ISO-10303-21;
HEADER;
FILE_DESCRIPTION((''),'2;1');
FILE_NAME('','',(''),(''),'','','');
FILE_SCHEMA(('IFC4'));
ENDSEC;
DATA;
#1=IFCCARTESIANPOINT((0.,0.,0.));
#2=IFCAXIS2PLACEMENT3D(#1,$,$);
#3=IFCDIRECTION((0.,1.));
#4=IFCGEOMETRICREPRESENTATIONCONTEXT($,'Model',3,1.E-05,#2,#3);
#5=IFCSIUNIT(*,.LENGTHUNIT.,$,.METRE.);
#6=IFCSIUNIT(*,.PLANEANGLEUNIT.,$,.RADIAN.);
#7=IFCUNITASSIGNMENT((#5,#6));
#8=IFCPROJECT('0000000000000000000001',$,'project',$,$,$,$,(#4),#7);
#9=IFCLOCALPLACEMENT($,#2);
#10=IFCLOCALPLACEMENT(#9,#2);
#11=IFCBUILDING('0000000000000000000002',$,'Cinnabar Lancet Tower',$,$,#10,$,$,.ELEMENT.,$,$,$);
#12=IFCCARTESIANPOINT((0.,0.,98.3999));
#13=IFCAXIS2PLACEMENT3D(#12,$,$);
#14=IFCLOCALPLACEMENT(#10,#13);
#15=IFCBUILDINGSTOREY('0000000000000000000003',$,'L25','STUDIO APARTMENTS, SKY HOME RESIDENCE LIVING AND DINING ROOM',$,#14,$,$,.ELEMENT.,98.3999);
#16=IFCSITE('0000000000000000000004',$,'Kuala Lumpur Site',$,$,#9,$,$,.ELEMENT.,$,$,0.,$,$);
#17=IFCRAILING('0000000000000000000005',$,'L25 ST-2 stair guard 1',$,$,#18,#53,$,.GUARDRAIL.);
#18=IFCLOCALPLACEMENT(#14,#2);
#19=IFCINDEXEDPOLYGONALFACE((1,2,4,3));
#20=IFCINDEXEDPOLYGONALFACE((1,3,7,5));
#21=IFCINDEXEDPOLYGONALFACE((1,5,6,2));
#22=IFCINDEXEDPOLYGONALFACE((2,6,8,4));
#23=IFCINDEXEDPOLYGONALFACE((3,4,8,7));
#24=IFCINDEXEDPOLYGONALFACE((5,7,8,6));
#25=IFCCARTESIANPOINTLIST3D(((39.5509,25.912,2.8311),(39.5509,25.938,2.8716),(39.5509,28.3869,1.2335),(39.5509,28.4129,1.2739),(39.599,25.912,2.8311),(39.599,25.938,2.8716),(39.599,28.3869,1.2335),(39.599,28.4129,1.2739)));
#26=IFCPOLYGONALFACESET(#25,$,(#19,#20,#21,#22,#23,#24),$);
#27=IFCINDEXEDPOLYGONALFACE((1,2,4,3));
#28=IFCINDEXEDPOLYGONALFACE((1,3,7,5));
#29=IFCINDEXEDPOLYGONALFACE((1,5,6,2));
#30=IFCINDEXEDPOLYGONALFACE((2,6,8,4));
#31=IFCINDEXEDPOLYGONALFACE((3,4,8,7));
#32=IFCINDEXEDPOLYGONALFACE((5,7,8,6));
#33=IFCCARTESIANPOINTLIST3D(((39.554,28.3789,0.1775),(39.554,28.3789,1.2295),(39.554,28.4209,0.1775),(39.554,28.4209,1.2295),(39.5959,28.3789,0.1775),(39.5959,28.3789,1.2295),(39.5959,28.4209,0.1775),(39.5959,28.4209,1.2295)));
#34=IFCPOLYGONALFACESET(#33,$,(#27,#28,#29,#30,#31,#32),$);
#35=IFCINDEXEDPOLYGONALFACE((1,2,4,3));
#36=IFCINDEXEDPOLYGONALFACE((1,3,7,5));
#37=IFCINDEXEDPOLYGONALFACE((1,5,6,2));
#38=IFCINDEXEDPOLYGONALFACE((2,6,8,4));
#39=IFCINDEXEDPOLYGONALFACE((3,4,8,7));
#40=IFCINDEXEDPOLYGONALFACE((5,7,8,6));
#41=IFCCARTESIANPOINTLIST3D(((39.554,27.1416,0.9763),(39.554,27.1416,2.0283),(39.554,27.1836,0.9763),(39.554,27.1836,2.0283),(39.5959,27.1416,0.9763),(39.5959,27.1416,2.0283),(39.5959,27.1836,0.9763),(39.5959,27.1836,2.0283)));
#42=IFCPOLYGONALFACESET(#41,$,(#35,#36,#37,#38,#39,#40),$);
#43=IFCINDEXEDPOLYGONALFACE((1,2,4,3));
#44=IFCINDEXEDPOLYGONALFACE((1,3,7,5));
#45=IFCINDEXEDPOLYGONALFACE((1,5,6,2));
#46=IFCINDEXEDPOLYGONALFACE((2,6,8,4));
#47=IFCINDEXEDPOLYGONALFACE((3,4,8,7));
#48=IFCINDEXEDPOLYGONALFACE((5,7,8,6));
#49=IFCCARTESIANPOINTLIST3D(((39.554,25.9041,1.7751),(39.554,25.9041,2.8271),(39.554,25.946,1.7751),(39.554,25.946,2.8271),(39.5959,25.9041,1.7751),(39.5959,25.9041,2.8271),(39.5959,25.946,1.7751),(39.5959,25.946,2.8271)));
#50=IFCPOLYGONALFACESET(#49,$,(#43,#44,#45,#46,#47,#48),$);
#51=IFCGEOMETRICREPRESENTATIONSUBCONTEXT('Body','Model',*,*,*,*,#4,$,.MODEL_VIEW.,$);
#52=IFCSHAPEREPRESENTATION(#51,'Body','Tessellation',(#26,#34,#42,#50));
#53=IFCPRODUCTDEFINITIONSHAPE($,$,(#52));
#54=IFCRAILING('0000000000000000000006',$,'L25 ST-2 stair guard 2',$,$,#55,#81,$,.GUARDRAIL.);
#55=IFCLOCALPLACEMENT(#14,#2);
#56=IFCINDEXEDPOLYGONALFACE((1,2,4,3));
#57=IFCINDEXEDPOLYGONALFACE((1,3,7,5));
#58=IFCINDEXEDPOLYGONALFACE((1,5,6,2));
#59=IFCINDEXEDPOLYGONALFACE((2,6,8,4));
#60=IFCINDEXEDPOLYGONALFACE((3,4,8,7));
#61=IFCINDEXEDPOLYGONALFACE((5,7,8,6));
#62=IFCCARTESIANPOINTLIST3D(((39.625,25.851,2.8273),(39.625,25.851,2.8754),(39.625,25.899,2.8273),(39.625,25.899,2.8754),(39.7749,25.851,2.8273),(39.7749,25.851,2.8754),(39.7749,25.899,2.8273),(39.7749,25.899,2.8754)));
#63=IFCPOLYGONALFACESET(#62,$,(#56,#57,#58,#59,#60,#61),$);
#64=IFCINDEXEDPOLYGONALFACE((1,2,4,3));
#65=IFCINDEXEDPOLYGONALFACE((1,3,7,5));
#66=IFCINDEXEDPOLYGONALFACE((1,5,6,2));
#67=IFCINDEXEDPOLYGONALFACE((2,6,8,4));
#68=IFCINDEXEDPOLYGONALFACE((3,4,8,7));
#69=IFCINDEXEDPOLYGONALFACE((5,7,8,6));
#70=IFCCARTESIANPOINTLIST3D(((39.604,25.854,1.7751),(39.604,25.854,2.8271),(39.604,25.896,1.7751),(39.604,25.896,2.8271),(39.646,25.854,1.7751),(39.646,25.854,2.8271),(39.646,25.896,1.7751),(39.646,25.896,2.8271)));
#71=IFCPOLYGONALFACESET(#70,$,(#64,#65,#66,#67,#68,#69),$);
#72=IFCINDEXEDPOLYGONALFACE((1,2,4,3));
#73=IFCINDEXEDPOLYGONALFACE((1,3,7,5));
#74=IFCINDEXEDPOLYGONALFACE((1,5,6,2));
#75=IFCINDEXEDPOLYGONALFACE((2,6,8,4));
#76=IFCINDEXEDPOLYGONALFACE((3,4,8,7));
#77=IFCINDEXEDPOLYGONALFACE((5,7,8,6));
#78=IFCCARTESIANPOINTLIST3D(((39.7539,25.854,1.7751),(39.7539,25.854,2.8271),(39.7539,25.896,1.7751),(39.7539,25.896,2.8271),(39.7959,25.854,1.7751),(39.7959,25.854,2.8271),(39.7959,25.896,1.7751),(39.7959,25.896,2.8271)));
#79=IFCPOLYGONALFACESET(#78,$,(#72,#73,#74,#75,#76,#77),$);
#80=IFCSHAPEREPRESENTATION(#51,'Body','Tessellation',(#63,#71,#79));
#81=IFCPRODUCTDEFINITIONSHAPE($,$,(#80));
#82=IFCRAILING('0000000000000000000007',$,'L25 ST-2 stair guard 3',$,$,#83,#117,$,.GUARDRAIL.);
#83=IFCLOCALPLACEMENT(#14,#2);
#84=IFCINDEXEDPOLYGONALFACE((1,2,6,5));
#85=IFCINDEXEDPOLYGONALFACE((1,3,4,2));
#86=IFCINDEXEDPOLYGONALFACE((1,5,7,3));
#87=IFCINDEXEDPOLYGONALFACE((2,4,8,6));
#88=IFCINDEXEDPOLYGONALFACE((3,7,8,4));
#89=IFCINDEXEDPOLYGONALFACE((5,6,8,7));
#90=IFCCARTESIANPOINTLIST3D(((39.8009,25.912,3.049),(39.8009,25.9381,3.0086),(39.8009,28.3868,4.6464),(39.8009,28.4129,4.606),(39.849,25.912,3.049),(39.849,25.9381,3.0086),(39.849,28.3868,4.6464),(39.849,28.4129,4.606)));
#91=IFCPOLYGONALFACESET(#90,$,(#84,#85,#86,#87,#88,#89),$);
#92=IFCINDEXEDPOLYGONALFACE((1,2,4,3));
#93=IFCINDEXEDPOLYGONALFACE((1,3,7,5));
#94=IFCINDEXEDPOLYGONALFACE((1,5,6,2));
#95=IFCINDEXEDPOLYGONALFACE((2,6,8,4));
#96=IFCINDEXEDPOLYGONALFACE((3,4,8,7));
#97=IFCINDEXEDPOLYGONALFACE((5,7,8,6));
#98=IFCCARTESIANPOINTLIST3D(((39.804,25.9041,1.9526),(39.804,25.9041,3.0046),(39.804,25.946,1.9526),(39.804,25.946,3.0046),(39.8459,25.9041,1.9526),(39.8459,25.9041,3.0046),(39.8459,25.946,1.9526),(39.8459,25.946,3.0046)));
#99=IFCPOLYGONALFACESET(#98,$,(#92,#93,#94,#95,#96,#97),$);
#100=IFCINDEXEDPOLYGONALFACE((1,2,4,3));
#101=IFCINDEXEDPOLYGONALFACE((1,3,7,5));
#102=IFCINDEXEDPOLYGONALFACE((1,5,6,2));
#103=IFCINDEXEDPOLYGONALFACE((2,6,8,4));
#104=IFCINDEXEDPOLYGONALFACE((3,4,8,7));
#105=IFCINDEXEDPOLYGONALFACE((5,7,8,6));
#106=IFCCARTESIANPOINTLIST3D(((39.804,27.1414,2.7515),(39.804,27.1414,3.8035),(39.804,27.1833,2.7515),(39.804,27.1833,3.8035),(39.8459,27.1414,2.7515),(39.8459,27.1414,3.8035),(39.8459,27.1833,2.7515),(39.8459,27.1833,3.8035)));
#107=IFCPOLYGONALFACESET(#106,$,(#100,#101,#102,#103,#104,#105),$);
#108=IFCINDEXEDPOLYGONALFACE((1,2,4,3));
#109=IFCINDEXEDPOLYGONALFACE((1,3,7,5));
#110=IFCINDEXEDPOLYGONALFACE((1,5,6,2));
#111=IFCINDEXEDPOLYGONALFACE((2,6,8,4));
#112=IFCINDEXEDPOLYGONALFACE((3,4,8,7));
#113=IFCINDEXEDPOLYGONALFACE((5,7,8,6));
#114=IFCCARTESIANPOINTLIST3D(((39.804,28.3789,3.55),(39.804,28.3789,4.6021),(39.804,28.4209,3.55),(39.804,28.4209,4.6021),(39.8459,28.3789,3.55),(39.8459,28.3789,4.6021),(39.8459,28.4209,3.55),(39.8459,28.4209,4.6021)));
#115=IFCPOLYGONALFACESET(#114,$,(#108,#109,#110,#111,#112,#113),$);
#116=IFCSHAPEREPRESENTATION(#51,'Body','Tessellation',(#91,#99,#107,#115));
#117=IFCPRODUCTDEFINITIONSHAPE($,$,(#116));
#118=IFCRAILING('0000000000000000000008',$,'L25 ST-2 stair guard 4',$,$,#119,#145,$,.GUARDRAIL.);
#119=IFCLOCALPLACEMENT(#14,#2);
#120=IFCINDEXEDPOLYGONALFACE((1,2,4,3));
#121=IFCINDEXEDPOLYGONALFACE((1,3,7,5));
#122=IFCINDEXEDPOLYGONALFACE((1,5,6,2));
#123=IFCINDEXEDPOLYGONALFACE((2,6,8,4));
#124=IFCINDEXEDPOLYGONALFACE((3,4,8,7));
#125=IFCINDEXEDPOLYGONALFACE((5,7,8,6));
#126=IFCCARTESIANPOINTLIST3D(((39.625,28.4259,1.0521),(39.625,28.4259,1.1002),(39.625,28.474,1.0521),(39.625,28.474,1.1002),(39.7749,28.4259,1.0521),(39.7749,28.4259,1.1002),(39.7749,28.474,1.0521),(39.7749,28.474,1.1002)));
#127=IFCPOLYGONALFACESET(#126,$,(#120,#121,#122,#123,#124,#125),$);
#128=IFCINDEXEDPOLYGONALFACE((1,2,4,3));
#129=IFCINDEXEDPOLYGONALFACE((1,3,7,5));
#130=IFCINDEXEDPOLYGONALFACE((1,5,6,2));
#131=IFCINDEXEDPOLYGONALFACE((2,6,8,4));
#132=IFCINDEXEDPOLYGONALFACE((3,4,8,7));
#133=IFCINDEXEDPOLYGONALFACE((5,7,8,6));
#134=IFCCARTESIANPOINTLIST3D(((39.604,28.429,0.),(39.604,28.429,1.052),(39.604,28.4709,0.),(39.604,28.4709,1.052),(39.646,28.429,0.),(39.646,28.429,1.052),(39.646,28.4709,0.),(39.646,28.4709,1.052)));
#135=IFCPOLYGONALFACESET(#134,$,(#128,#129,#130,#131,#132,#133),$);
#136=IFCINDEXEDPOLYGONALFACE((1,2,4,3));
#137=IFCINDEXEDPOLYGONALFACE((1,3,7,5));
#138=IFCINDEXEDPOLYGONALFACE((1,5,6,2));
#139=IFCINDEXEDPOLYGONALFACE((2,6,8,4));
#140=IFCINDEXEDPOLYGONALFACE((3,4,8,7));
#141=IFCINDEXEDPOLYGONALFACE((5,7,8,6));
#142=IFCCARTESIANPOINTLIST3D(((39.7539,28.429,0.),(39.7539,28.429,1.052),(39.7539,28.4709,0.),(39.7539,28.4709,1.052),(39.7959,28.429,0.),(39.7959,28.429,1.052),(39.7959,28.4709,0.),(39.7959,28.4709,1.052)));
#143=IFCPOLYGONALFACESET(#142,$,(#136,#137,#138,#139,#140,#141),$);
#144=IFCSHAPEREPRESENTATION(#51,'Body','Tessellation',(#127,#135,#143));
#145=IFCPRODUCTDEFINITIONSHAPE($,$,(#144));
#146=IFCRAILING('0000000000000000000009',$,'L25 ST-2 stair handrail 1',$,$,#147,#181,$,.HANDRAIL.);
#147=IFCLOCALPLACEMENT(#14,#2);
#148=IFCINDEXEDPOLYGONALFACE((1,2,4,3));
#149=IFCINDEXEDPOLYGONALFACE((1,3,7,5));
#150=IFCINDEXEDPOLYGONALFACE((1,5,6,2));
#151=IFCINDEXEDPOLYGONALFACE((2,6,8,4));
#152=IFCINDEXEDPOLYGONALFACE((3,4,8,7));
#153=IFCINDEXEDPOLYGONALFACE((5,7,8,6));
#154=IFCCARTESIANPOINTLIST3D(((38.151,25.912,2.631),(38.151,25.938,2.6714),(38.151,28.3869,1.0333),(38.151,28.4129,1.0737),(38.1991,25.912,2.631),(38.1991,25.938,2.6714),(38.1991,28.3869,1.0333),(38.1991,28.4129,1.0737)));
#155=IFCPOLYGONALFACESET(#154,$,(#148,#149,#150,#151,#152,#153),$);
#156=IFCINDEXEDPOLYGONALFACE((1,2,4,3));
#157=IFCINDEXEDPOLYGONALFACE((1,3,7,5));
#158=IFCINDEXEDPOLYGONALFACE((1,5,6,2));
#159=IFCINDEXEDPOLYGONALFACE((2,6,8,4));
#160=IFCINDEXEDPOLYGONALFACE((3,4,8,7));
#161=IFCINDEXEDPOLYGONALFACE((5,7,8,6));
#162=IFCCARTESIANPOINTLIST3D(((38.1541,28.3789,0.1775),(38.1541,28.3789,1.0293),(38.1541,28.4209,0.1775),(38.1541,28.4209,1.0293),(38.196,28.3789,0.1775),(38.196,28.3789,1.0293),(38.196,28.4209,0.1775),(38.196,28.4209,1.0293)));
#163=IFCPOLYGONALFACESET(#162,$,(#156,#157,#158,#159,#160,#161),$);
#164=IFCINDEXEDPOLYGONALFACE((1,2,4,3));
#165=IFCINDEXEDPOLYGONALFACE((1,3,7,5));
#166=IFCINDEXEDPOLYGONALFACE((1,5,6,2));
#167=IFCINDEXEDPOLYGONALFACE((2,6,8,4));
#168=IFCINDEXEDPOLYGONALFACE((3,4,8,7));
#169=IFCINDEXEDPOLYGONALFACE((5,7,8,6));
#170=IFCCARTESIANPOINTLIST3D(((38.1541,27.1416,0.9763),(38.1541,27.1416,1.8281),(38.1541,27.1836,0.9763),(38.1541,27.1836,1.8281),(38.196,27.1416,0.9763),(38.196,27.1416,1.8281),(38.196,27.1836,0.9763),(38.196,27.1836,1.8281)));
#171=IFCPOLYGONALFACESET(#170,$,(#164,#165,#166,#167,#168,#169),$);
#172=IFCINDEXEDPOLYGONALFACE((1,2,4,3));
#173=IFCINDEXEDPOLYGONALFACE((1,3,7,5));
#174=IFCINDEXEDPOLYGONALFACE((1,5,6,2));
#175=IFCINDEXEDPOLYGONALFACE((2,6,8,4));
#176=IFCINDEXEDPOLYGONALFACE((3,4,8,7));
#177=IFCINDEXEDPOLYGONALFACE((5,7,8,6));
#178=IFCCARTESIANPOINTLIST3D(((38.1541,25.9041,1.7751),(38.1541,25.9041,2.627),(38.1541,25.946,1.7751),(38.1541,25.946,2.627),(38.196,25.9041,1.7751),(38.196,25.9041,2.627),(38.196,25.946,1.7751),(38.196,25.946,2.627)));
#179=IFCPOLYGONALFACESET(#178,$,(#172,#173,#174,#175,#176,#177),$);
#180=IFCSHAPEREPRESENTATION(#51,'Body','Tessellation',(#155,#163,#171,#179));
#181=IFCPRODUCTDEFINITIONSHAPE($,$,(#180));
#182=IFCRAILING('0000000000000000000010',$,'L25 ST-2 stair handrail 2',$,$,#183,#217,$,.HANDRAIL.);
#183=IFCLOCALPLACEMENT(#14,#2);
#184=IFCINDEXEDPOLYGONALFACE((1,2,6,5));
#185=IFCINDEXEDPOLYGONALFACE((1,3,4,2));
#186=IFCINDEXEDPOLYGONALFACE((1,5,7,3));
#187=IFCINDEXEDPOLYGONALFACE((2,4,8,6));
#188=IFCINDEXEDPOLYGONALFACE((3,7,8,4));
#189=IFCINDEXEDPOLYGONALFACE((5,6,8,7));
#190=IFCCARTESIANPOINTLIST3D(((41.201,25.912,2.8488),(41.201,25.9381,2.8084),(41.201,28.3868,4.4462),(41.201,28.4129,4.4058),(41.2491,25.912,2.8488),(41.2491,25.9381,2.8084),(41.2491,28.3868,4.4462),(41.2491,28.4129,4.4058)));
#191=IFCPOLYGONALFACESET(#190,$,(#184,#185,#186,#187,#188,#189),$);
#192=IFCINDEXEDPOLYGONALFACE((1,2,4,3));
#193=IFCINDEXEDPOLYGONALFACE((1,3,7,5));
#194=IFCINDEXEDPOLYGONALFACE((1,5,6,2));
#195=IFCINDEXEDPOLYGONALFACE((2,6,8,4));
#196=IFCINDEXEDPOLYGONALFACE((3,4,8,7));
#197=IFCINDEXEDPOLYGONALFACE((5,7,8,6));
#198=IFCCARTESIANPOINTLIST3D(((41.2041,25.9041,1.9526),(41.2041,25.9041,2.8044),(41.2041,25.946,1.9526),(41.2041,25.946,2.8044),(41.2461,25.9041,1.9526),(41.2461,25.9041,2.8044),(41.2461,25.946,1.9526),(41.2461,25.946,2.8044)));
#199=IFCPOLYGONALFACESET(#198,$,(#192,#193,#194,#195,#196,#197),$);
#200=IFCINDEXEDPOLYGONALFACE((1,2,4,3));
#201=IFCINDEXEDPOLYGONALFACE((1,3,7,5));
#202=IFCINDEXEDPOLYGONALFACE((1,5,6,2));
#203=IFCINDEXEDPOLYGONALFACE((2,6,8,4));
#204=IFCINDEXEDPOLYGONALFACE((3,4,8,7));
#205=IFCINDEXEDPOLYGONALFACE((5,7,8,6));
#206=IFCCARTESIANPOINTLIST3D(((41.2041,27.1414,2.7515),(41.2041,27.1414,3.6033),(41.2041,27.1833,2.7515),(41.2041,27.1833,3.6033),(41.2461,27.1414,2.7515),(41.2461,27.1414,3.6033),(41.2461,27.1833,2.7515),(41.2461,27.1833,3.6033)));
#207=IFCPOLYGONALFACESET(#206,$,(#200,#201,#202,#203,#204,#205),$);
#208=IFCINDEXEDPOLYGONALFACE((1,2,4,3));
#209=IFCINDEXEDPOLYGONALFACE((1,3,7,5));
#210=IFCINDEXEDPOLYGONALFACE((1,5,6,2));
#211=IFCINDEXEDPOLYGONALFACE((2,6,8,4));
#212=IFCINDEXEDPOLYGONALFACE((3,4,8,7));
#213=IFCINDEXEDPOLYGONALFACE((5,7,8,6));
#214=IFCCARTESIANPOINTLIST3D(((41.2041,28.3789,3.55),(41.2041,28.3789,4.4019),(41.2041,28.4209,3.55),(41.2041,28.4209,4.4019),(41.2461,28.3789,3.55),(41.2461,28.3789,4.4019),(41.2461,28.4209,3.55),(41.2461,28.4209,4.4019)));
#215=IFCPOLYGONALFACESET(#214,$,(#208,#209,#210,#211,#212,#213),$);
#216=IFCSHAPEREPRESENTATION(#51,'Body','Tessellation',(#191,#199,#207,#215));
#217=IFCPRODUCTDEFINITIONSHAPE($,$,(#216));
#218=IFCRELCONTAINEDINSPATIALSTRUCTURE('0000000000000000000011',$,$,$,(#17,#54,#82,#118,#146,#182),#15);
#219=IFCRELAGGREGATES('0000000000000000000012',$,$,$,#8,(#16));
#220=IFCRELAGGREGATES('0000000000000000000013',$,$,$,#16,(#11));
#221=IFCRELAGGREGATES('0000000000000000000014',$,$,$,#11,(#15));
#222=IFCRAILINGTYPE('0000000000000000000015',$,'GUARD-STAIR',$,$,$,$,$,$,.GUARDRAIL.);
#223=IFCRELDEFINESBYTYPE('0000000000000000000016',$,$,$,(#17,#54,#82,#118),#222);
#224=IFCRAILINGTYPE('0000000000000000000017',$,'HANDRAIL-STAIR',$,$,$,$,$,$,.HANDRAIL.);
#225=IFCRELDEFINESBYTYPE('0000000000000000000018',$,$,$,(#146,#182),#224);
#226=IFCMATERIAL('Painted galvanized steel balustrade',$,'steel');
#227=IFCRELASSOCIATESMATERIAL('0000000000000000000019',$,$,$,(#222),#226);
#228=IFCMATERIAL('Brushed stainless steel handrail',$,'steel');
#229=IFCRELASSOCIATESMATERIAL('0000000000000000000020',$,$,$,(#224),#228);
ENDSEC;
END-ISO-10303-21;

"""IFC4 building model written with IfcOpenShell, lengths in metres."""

from ifc_helpers import new_model, si_unit, direction, frame, origin, origin_2d, place, context, subcontext, project, spatial, rectangle, extrude, material, type_object, element, save


model = new_model("IFC4")

# Units and contexts
model_context = context("Model", 3, precision=1e-05, world=origin(), true_north=direction((0.0, 1.0)))
body_context = subcontext(model_context, "Body", "Model", "MODEL_VIEW")
ifc_project = project(units=[si_unit("LENGTHUNIT", "METRE"), si_unit("PLANEANGLEUNIT", "RADIAN")], contexts=[model_context])

# Site, building, storey
site_placement = place(None, origin())
site = spatial("IfcSite", under=ifc_project, at=site_placement, Name="Kuala Lumpur Site", CompositionType="ELEMENT", RefElevation=0.0)
building_placement = place(site_placement, origin())
building = spatial("IfcBuilding", under=site, at=building_placement, Name="Cinnabar Lancet Tower", CompositionType="ELEMENT")
storey_placement = place(building_placement, frame((0.0, 0.0, 98.3999)))
storey = spatial("IfcBuildingStorey", under=building, at=storey_placement, Name="L25", Description="STUDIO APARTMENTS, SKY HOME RESIDENCE LIVING AND DINING ROOM", CompositionType="ELEMENT", Elevation=98.3999)

# Railings
ifc_material_1 = material(Name="Painted galvanized steel balustrade", Category="steel")
railing_type_1 = type_object("IfcRailingType", Name="GUARD-STAIR", PredefinedType="GUARDRAIL", material=ifc_material_1)
railing_1_placement = place(storey_placement, frame((39.575, 28.3999, 0.1775)))
element("IfcRailing", 1, at=railing_1_placement, inside=storey, type_object=railing_type_1, Name="L25 ST-2 stair guard 1", PredefinedType="GUARDRAIL", context=body_context, shape_type="SweptSolid", body=[
    extrude(rectangle(XDim=0.0481, YDim=0.0481, at=origin_2d()), frame((0.0, 0.0, 1.0762), z_axis=(0.0, -0.840146, 0.542361), x_axis=(1.0, 0.0, 0.0)), (0.0, 0.0, 1.0), 2.9458),
    extrude(rectangle(XDim=0.042, YDim=0.042, at=origin_2d()), origin(), (0.0, 0.0, 1.0), 1.052),
    extrude(rectangle(XDim=0.042, YDim=0.042, at=origin_2d()), frame((0.0, -1.2373, 0.7988)), (0.0, 0.0, 1.0), 1.052),
    extrude(rectangle(XDim=0.042, YDim=0.042, at=origin_2d()), frame((0.0, -2.4749, 1.5977)), (0.0, 0.0, 1.0), 1.052),
])
railing_2_placement = place(storey_placement, frame((39.625, 25.875, 1.7751)))
element("IfcRailing", 2, at=railing_2_placement, inside=storey, type_object=railing_type_1, Name="L25 ST-2 stair guard 2", PredefinedType="GUARDRAIL", context=body_context, shape_type="SweptSolid", body=[
    extrude(rectangle(XDim=0.0481, YDim=0.0481, at=origin_2d()), frame((0.0, 0.0, 1.0762), z_axis=(1.0, 0.0, 0.0), x_axis=(0.0, 1.0, 0.0)), (0.0, 0.0, 1.0), 0.1499),
    extrude(rectangle(XDim=0.042, YDim=0.042, at=origin_2d()), origin(), (0.0, 0.0, 1.0), 1.052),
    extrude(rectangle(XDim=0.042, YDim=0.042, at=origin_2d()), frame((0.1499, 0.0, 0.0)), (0.0, 0.0, 1.0), 1.052),
])
railing_3_placement = place(storey_placement, frame((39.825, 25.925, 1.9526)))
element("IfcRailing", 3, at=railing_3_placement, inside=storey, type_object=railing_type_1, Name="L25 ST-2 stair guard 3", PredefinedType="GUARDRAIL", context=body_context, shape_type="SweptSolid", body=[
    extrude(rectangle(XDim=0.0481, YDim=0.0481, at=origin_2d()), frame((0.0, 0.0, 1.0762), z_axis=(0.0, 0.840183, 0.542302), x_axis=(-1.0, 0.0, 0.0)), (0.0, 0.0, 1.0), 2.9456),
    extrude(rectangle(XDim=0.042, YDim=0.042, at=origin_2d()), origin(), (0.0, 0.0, 1.0), 1.052),
    extrude(rectangle(XDim=0.042, YDim=0.042, at=origin_2d()), frame((0.0, 1.2373, 0.7988)), (0.0, 0.0, 1.0), 1.052),
    extrude(rectangle(XDim=0.042, YDim=0.042, at=origin_2d()), frame((0.0, 2.4749, 1.5974)), (0.0, 0.0, 1.0), 1.052),
])
railing_4_placement = place(storey_placement, frame((39.625, 28.45, 0.0)))
element("IfcRailing", 4, at=railing_4_placement, inside=storey, type_object=railing_type_1, Name="L25 ST-2 stair guard 4", PredefinedType="GUARDRAIL", context=body_context, shape_type="SweptSolid", body=[
    extrude(rectangle(XDim=0.0481, YDim=0.0481, at=origin_2d()), frame((0.0, 0.0, 1.0762), z_axis=(1.0, 0.0, 0.0), x_axis=(0.0, 1.0, 0.0)), (0.0, 0.0, 1.0), 0.1499),
    extrude(rectangle(XDim=0.042, YDim=0.042, at=origin_2d()), origin(), (0.0, 0.0, 1.0), 1.052),
    extrude(rectangle(XDim=0.042, YDim=0.042, at=origin_2d()), frame((0.1499, 0.0, 0.0)), (0.0, 0.0, 1.0), 1.052),
])
ifc_material_2 = material(Name="Brushed stainless steel handrail", Category="steel")
railing_type_2 = type_object("IfcRailingType", Name="HANDRAIL-STAIR", PredefinedType="HANDRAIL", material=ifc_material_2)
railing_5_placement = place(storey_placement, frame((38.175, 28.3999, 0.1775)))
element("IfcRailing", 5, at=railing_5_placement, inside=storey, type_object=railing_type_2, Name="L25 ST-2 stair handrail 1", PredefinedType="HANDRAIL", context=body_context, shape_type="SweptSolid", body=[
    extrude(rectangle(XDim=0.0481, YDim=0.0481, at=origin_2d()), frame((0.0, 0.0, 0.876), z_axis=(0.0, -0.840146, 0.542361), x_axis=(1.0, 0.0, 0.0)), (0.0, 0.0, 1.0), 2.9458),
    extrude(rectangle(XDim=0.042, YDim=0.042, at=origin_2d()), origin(), (0.0, 0.0, 1.0), 0.8518),
    extrude(rectangle(XDim=0.042, YDim=0.042, at=origin_2d()), frame((0.0, -1.2373, 0.7988)), (0.0, 0.0, 1.0), 0.8518),
    extrude(rectangle(XDim=0.042, YDim=0.042, at=origin_2d()), frame((0.0, -2.4749, 1.5977)), (0.0, 0.0, 1.0), 0.8518),
])
railing_6_placement = place(storey_placement, frame((41.2251, 25.925, 1.9526)))
element("IfcRailing", 6, at=railing_6_placement, inside=storey, type_object=railing_type_2, Name="L25 ST-2 stair handrail 2", PredefinedType="HANDRAIL", context=body_context, shape_type="SweptSolid", body=[
    extrude(rectangle(XDim=0.0481, YDim=0.0481, at=origin_2d()), frame((0.0, 0.0, 0.876), z_axis=(0.0, 0.840183, 0.542302), x_axis=(-1.0, 0.0, 0.0)), (0.0, 0.0, 1.0), 2.9456),
    extrude(rectangle(XDim=0.042, YDim=0.042, at=origin_2d()), origin(), (0.0, 0.0, 1.0), 0.8518),
    extrude(rectangle(XDim=0.042, YDim=0.042, at=origin_2d()), frame((0.0, 1.2373, 0.7988)), (0.0, 0.0, 1.0), 0.8518),
    extrude(rectangle(XDim=0.042, YDim=0.042, at=origin_2d()), frame((0.0, 2.4749, 1.5974)), (0.0, 0.0, 1.0), 0.8518),
])

save(model, "model.ifc")
